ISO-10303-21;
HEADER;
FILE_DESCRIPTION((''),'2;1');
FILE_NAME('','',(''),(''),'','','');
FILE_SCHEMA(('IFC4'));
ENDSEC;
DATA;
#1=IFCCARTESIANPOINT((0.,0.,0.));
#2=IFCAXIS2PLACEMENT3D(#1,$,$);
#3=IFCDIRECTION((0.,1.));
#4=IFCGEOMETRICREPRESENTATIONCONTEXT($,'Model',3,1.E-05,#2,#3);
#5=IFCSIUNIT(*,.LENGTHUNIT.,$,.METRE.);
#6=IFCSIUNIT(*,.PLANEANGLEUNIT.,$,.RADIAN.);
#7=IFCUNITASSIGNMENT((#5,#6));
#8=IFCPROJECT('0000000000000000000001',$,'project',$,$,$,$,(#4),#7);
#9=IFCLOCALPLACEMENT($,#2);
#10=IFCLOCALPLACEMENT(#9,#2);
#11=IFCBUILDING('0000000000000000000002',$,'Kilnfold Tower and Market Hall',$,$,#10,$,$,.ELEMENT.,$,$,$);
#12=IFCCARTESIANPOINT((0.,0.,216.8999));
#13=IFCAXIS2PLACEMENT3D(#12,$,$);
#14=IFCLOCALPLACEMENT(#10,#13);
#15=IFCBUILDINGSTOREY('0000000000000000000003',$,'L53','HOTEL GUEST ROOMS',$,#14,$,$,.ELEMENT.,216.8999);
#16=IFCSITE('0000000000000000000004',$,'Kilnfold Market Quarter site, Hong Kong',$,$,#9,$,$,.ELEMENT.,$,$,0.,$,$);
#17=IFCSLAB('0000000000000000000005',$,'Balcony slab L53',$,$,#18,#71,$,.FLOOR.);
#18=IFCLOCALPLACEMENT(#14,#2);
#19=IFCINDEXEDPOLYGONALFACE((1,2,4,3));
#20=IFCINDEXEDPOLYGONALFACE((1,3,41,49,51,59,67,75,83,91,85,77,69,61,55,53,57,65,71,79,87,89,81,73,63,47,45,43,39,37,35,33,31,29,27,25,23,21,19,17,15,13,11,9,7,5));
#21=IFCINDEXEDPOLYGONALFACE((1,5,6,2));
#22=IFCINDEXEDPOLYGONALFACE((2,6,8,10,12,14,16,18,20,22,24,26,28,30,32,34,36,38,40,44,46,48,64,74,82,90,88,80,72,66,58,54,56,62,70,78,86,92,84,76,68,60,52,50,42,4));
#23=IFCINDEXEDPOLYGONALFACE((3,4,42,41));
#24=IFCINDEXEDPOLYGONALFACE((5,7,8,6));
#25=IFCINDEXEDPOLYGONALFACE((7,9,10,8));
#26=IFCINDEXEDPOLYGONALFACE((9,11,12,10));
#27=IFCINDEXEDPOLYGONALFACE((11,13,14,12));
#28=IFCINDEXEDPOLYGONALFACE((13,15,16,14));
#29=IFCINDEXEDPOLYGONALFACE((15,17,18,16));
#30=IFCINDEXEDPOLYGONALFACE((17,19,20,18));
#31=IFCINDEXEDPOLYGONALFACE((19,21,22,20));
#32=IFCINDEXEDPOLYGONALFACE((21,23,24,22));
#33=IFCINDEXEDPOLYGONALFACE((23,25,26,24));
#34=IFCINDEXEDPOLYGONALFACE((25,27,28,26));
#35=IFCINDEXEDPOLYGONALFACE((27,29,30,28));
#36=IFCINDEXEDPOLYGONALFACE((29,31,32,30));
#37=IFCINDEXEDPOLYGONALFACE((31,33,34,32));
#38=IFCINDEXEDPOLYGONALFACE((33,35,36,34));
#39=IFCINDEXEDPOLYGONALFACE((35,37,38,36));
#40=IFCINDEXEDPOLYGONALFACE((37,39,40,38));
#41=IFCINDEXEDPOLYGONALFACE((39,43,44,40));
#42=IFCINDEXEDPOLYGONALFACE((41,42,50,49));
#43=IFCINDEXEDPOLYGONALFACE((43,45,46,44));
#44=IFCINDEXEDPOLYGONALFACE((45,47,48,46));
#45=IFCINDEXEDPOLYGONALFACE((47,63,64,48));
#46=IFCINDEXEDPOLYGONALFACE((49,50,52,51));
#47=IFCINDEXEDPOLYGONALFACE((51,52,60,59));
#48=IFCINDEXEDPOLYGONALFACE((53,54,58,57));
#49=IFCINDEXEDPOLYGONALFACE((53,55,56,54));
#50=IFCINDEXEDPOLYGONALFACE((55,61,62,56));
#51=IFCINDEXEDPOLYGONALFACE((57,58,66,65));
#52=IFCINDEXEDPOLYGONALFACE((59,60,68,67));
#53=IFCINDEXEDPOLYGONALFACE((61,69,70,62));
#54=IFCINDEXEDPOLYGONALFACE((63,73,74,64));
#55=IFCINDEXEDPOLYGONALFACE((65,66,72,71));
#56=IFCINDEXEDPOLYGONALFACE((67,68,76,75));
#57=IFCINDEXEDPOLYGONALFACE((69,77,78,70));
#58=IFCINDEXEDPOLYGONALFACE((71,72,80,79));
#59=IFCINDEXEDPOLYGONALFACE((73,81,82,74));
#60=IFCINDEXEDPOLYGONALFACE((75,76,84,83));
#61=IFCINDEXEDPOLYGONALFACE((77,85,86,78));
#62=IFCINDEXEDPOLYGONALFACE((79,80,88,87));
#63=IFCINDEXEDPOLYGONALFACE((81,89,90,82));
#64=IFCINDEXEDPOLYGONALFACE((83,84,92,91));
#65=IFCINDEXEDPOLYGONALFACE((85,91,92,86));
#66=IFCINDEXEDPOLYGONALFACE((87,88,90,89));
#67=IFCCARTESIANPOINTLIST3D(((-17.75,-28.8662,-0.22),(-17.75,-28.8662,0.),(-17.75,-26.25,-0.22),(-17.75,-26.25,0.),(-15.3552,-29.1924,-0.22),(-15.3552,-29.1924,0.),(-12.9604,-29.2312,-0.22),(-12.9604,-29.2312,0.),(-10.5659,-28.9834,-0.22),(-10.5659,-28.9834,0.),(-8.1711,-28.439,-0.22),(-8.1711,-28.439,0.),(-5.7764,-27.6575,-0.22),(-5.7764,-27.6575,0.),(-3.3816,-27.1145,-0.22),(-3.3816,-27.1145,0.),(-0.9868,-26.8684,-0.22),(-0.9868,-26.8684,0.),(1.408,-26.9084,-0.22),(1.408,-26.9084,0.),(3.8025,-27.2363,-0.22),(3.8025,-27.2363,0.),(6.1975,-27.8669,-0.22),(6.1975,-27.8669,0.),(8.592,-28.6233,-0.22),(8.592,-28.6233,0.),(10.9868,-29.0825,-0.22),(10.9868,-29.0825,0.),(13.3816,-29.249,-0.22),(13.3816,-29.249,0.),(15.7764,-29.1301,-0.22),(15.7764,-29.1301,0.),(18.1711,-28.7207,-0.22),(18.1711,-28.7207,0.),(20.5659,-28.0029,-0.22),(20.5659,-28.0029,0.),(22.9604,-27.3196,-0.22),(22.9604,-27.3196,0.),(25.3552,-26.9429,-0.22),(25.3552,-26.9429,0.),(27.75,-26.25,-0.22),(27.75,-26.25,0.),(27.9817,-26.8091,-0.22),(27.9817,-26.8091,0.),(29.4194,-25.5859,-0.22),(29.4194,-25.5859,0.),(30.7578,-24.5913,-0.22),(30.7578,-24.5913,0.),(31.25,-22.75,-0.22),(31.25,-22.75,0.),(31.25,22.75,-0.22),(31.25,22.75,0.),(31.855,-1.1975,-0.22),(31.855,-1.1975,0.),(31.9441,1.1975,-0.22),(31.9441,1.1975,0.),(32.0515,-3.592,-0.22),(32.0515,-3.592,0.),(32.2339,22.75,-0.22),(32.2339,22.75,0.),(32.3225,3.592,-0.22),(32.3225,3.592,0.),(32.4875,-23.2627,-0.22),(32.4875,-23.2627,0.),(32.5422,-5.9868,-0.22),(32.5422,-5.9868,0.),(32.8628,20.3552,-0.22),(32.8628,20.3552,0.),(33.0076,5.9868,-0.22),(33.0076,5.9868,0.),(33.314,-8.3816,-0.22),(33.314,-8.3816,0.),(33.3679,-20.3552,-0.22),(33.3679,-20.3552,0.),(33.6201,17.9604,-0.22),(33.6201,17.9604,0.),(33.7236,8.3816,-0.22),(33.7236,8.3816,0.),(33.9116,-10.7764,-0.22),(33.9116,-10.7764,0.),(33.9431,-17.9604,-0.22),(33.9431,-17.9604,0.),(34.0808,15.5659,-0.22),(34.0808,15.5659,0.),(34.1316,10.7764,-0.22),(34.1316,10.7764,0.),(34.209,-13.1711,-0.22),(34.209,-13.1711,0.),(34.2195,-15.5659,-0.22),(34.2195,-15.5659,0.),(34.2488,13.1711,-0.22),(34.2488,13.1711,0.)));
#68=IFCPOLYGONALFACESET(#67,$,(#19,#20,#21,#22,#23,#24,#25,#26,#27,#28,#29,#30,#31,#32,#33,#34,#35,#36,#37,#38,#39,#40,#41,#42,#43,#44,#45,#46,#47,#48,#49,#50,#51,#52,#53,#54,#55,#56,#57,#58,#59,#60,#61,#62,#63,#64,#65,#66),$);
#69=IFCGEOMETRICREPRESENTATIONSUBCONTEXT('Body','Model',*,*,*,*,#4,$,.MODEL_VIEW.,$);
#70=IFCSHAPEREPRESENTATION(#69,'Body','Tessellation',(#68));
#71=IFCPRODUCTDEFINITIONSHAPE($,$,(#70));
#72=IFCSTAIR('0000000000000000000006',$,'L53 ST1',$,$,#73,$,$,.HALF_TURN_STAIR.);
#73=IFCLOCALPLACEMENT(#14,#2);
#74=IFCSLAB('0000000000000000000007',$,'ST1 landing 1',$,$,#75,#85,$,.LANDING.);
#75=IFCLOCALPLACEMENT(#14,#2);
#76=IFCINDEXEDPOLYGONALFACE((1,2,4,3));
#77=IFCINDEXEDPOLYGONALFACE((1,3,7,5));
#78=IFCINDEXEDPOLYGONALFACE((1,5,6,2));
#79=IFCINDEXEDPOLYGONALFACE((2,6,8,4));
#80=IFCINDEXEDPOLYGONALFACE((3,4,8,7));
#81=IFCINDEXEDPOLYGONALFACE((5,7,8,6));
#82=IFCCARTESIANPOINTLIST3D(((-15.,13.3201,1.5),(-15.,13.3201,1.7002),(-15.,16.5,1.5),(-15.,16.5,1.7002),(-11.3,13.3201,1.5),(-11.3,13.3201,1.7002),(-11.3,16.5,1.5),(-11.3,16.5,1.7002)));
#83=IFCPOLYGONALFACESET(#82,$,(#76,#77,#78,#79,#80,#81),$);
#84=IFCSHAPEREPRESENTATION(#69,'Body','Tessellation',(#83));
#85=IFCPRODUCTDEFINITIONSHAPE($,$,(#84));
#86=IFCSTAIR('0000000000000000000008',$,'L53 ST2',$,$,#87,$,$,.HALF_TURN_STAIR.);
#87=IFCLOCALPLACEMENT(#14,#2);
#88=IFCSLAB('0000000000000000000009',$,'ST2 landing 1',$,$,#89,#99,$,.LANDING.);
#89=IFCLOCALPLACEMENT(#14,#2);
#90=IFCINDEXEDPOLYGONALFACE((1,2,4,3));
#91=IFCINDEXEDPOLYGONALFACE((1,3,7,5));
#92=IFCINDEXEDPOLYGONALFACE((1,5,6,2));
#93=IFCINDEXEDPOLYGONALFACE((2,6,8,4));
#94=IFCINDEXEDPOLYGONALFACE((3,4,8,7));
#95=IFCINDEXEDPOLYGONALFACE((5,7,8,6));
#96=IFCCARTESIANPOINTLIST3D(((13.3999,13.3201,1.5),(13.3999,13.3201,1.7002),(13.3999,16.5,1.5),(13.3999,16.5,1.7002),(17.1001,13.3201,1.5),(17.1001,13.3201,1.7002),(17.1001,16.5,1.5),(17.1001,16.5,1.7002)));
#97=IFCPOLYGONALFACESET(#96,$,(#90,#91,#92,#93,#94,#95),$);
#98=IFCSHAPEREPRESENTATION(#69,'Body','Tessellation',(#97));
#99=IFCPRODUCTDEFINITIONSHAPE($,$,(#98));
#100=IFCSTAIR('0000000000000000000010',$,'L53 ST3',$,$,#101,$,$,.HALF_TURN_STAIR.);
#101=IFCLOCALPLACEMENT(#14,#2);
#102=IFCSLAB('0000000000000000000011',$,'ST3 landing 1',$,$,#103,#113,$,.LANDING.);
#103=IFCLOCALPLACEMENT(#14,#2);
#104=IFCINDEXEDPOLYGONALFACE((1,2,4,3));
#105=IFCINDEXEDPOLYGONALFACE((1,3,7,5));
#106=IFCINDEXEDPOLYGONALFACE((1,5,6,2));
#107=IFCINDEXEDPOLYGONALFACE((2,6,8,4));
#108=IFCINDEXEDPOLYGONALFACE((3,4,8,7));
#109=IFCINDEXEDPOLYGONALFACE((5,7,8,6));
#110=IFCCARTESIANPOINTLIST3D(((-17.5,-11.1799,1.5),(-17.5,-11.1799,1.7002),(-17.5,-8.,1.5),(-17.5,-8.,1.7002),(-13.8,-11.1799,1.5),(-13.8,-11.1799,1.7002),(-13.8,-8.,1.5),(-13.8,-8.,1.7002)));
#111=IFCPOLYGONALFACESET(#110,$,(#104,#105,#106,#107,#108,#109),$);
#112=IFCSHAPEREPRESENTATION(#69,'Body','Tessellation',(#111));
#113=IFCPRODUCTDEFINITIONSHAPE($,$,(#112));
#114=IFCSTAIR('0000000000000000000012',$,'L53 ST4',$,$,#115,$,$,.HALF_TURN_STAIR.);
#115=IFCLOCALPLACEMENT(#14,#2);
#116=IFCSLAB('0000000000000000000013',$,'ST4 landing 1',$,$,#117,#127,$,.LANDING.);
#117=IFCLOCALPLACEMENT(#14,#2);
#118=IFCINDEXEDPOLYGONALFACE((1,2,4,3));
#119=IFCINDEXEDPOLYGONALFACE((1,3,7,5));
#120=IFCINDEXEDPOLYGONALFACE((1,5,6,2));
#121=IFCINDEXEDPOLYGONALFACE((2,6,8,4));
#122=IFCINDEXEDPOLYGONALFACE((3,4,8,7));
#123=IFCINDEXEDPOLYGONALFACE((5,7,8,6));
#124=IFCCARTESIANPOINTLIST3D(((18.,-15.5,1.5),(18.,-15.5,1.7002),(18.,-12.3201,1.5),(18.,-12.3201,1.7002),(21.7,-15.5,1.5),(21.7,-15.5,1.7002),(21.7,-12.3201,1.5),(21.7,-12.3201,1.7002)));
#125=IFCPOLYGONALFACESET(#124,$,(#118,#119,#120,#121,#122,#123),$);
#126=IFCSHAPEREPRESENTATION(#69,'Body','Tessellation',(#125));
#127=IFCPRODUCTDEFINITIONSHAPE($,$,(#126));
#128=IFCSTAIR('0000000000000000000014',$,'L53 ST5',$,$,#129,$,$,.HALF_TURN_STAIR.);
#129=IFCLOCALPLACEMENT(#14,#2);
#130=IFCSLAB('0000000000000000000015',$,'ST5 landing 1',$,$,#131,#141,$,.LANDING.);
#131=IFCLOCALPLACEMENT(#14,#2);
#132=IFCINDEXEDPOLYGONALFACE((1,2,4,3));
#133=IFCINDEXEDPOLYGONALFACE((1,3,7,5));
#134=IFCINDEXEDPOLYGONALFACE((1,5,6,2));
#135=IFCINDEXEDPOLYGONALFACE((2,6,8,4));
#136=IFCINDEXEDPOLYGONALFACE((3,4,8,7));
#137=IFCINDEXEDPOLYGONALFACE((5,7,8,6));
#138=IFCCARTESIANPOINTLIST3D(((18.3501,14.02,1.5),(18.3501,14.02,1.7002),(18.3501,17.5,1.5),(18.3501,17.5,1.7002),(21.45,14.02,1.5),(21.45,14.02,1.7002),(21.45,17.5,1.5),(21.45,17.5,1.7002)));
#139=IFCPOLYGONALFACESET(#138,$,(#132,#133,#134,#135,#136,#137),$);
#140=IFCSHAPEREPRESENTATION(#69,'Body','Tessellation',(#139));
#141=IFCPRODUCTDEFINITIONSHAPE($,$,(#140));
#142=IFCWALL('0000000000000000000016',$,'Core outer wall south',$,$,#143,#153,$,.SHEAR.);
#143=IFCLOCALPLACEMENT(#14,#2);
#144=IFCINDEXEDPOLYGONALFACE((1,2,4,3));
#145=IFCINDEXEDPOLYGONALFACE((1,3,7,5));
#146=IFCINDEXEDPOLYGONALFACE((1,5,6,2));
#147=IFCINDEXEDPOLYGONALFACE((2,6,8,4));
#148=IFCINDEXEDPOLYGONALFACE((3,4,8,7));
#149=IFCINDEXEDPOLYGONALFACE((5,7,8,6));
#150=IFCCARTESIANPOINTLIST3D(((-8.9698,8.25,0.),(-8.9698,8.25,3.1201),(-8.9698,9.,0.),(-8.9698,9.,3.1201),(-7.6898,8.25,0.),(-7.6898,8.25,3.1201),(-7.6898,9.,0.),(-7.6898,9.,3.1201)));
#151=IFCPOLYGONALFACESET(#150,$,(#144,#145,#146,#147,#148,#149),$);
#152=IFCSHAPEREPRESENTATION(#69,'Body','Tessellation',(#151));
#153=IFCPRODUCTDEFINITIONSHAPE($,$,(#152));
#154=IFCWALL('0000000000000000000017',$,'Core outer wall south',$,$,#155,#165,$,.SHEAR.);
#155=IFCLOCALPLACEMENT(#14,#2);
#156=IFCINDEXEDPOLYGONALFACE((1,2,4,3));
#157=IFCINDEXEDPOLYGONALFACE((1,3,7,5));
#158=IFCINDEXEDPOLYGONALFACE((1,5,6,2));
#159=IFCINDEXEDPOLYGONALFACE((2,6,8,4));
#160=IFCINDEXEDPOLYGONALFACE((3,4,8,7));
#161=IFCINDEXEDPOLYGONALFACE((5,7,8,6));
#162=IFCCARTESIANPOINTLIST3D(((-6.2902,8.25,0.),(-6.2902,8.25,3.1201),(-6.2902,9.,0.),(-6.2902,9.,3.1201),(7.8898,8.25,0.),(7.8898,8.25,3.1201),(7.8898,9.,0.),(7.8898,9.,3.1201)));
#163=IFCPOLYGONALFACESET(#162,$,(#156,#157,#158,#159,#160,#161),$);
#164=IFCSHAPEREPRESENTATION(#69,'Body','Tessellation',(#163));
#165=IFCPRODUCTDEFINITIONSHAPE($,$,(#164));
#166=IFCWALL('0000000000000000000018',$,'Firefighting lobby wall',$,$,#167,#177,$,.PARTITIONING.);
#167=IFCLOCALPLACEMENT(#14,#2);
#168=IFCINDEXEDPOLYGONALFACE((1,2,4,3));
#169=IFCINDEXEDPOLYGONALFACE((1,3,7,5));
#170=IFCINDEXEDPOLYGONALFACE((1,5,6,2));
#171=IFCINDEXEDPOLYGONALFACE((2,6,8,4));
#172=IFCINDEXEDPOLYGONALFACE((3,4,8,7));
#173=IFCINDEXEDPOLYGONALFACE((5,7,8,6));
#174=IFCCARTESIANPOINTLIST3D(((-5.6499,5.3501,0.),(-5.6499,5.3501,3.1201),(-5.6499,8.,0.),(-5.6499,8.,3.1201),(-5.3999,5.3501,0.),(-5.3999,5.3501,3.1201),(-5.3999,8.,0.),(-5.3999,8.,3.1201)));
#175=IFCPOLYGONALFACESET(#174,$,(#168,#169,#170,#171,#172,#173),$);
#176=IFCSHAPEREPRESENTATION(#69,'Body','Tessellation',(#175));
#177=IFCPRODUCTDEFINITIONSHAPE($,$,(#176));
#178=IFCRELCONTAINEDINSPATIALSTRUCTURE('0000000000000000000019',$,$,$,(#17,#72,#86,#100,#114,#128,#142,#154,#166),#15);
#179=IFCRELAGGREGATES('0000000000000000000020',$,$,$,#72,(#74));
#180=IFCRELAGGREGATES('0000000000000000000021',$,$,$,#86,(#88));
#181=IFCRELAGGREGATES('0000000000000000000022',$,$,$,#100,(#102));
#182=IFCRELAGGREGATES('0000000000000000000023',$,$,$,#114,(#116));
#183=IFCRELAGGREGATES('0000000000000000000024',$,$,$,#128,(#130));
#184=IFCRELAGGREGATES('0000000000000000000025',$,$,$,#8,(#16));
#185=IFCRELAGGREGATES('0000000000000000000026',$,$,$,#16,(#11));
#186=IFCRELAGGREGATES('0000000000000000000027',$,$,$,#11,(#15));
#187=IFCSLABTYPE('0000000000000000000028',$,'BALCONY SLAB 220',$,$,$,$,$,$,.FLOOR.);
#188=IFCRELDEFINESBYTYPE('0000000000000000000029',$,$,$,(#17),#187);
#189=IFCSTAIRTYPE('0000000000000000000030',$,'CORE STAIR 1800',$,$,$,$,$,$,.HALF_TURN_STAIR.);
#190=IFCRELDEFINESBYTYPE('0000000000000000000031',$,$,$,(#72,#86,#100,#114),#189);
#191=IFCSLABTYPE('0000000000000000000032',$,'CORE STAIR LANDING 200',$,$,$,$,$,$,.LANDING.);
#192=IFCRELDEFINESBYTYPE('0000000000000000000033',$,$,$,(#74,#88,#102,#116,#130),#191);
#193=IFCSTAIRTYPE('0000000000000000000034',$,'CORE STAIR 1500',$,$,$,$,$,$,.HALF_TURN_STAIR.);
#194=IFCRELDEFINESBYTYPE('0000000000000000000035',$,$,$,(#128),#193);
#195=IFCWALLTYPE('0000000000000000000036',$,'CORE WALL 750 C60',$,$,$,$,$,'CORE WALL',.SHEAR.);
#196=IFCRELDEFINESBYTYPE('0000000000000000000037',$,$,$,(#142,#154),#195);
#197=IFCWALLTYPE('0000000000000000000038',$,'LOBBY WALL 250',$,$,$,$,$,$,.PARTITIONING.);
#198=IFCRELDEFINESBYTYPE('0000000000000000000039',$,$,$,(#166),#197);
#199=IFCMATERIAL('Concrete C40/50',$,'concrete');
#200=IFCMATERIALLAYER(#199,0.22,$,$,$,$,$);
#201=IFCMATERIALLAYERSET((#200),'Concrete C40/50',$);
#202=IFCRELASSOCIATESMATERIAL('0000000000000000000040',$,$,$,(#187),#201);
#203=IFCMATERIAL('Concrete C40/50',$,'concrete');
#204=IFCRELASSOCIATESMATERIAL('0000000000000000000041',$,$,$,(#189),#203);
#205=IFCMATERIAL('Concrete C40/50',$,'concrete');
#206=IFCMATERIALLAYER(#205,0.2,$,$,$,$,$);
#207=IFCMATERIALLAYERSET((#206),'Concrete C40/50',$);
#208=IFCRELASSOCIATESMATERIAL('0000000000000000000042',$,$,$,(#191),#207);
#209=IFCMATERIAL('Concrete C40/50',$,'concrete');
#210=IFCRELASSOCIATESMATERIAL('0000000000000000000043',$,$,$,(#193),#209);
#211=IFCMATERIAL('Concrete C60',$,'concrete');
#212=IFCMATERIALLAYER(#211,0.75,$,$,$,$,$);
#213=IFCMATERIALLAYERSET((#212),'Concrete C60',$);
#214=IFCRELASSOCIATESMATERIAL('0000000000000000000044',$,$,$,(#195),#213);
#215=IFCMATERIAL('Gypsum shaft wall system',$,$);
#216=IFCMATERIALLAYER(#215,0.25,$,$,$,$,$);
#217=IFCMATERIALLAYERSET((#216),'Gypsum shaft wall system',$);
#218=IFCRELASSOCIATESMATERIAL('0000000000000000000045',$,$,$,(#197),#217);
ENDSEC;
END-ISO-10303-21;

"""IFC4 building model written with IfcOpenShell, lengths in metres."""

from ifc_helpers import new_model, si_unit, direction, frame, frame_2d, origin, place, context, subcontext, project, spatial, polyline, rectangle, outline, extrude, source, transform, mapped, material, layer, layer_set, type_object, element, aggregate, save


model = new_model("IFC4")

# Units and contexts
model_context = context("Model", 3, precision=1e-05, world=origin(), true_north=direction((0.0, 1.0)))
body_context = subcontext(model_context, "Body", "Model", "MODEL_VIEW")
ifc_project = project(units=[si_unit("LENGTHUNIT", "METRE"), si_unit("PLANEANGLEUNIT", "RADIAN")], contexts=[model_context])

# Site, building, storey
site_placement = place(None, origin())
site = spatial("IfcSite", under=ifc_project, at=site_placement, Name="Kilnfold Market Quarter site, Hong Kong", CompositionType="ELEMENT", RefElevation=0.0)
building_placement = place(site_placement, origin())
building = spatial("IfcBuilding", under=site, at=building_placement, Name="Kilnfold Tower and Market Hall", CompositionType="ELEMENT")
storey_placement = place(building_placement, frame((0.0, 0.0, 216.8999)))
storey = spatial("IfcBuildingStorey", under=building, at=storey_placement, Name="L53", Description="HOTEL GUEST ROOMS", CompositionType="ELEMENT", Elevation=216.8999)

# Slab
ifc_material_1 = material(Name="Concrete C40/50", Category="concrete")
ifc_layer_1 = layer(ifc_material_1, 0.22)
ifc_layer_set_1 = layer_set([ifc_layer_1], Name="Concrete C40/50")
slab_type_1 = type_object("IfcSlabType", Name="BALCONY SLAB 220", PredefinedType="FLOOR", material=ifc_layer_set_1)
shared_shape_1 = source(origin(), body_context, "Body", "SweptSolid", [
    extrude(outline(polyline([(-17.75, -26.25), (27.75, -26.25), (31.25, -22.75), (31.25, 22.75), (32.2339, 22.75), (32.8628, 20.3552), (33.6201, 17.9604), (34.0808, 15.5659), (34.2488, 13.1711), (34.1316, 10.7764), (33.7236, 8.3816), (33.0076, 5.9868), (32.3225, 3.592), (31.9441, 1.1975), (31.855, -1.1975), (32.0515, -3.592), (32.5422, -5.9868), (33.314, -8.3816), (33.9116, -10.7764), (34.209, -13.1711), (34.2195, -15.5659), (33.9431, -17.9604), (33.3679, -20.3552), (32.4875, -23.2627), (30.7578, -24.5913), (29.4194, -25.5859), (27.9817, -26.8091), (25.3552, -26.9429), (22.9604, -27.3196), (20.5659, -28.0029), (18.1711, -28.7207), (15.7764, -29.1301), (13.3816, -29.249), (10.9868, -29.0825), (8.592, -28.6233), (6.1975, -27.8669), (3.8025, -27.2363), (1.408, -26.9084), (-0.9868, -26.8684), (-3.3816, -27.1145), (-5.7764, -27.6575), (-8.1711, -28.439), (-10.5659, -28.9834), (-12.9604, -29.2312), (-15.3552, -29.1924), (-17.75, -28.8662), (-17.75, -26.25)])), origin(), (0.0, 0.0, 1.0), 0.22),
])
slab_1_placement = place(storey_placement, frame((0.0, 0.0, -0.22)))
element("IfcSlab", 1, at=slab_1_placement, inside=storey, type_object=slab_type_1, Name="Balcony slab L53", PredefinedType="FLOOR", context=body_context, shape_type="MappedRepresentation", body=[
    mapped(shared_shape_1, transform((0.0, 0.0, 0.0))),
])

# Stairs, slabs
ifc_material_2 = material(Name="Concrete C40/50", Category="concrete")
stair_type_1 = type_object("IfcStairType", Name="CORE STAIR 1800", PredefinedType="HALF_TURN_STAIR", material=ifc_material_2)
stair_1_placement = place(storey_placement, origin())
stair_1 = element("IfcStair", 2, at=stair_1_placement, inside=storey, type_object=stair_type_1, Name="L53 ST1", PredefinedType="HALF_TURN_STAIR")
ifc_material_3 = material(Name="Concrete C40/50", Category="concrete")
ifc_layer_2 = layer(ifc_material_3, 0.2)
ifc_layer_set_2 = layer_set([ifc_layer_2], Name="Concrete C40/50")
slab_type_2 = type_object("IfcSlabType", Name="CORE STAIR LANDING 200", PredefinedType="LANDING", material=ifc_layer_set_2)
shared_shape_2 = source(origin(), body_context, "Body", "SweptSolid", [
    extrude(outline(polyline([(-11.3, 13.3201), (-11.3, 16.5), (-15.0, 16.5), (-15.0, 13.3201), (-11.3, 13.3201)])), origin(), (0.0, 0.0, 1.0), 0.2002),
])
slab_2_placement = place(storey_placement, frame((0.0, 0.0, 1.5)))
slab_2 = element("IfcSlab", 3, at=slab_2_placement, type_object=slab_type_2, Name="ST1 landing 1", PredefinedType="LANDING", context=body_context, shape_type="MappedRepresentation", body=[
    mapped(shared_shape_2, transform((0.0, 0.0, 0.0))),
])
aggregate(stair_1, [slab_2])
stair_2_placement = place(storey_placement, origin())
stair_2 = element("IfcStair", 4, at=stair_2_placement, inside=storey, type_object=stair_type_1, Name="L53 ST2", PredefinedType="HALF_TURN_STAIR")
shared_shape_3 = source(origin(), body_context, "Body", "SweptSolid", [
    extrude(outline(polyline([(17.1001, 13.3201), (17.1001, 16.5), (13.3999, 16.5), (13.3999, 13.3201), (17.1001, 13.3201)])), origin(), (0.0, 0.0, 1.0), 0.2002),
])
slab_3_placement = place(storey_placement, frame((0.0, 0.0, 1.5)))
slab_3 = element("IfcSlab", 5, at=slab_3_placement, type_object=slab_type_2, Name="ST2 landing 1", PredefinedType="LANDING", context=body_context, shape_type="MappedRepresentation", body=[
    mapped(shared_shape_3, transform((0.0, 0.0, 0.0))),
])
aggregate(stair_2, [slab_3])
stair_3_placement = place(storey_placement, origin())
stair_3 = element("IfcStair", 6, at=stair_3_placement, inside=storey, type_object=stair_type_1, Name="L53 ST3", PredefinedType="HALF_TURN_STAIR")
shared_shape_4 = source(origin(), body_context, "Body", "SweptSolid", [
    extrude(outline(polyline([(-13.8, -11.1799), (-13.8, -8.0), (-17.5, -8.0), (-17.5, -11.1799), (-13.8, -11.1799)])), origin(), (0.0, 0.0, 1.0), 0.2002),
])
slab_4_placement = place(storey_placement, frame((0.0, 0.0, 1.5)))
slab_4 = element("IfcSlab", 7, at=slab_4_placement, type_object=slab_type_2, Name="ST3 landing 1", PredefinedType="LANDING", context=body_context, shape_type="MappedRepresentation", body=[
    mapped(shared_shape_4, transform((0.0, 0.0, 0.0))),
])
aggregate(stair_3, [slab_4])
stair_4_placement = place(storey_placement, origin())
stair_4 = element("IfcStair", 8, at=stair_4_placement, inside=storey, type_object=stair_type_1, Name="L53 ST4", PredefinedType="HALF_TURN_STAIR")
shared_shape_5 = source(origin(), body_context, "Body", "SweptSolid", [
    extrude(outline(polyline([(18.0, -12.3201), (18.0, -15.5), (21.7, -15.5), (21.7, -12.3201), (18.0, -12.3201)])), origin(), (0.0, 0.0, 1.0), 0.2002),
])
slab_5_placement = place(storey_placement, frame((0.0, 0.0, 1.5)))
slab_5 = element("IfcSlab", 9, at=slab_5_placement, type_object=slab_type_2, Name="ST4 landing 1", PredefinedType="LANDING", context=body_context, shape_type="MappedRepresentation", body=[
    mapped(shared_shape_5, transform((0.0, 0.0, 0.0))),
])
aggregate(stair_4, [slab_5])
ifc_material_4 = material(Name="Concrete C40/50", Category="concrete")
stair_type_2 = type_object("IfcStairType", Name="CORE STAIR 1500", PredefinedType="HALF_TURN_STAIR", material=ifc_material_4)
stair_5_placement = place(storey_placement, origin())
stair_5 = element("IfcStair", 10, at=stair_5_placement, inside=storey, type_object=stair_type_2, Name="L53 ST5", PredefinedType="HALF_TURN_STAIR")
shared_shape_6 = source(origin(), body_context, "Body", "SweptSolid", [
    extrude(outline(polyline([(21.45, 14.02), (21.45, 17.5), (18.3501, 17.5), (18.3501, 14.02), (21.45, 14.02)])), origin(), (0.0, 0.0, 1.0), 0.2002),
])
slab_6_placement = place(storey_placement, frame((0.0, 0.0, 1.5)))
slab_6 = element("IfcSlab", 11, at=slab_6_placement, type_object=slab_type_2, Name="ST5 landing 1", PredefinedType="LANDING", context=body_context, shape_type="MappedRepresentation", body=[
    mapped(shared_shape_6, transform((0.0, 0.0, 0.0))),
])
aggregate(stair_5, [slab_6])

# Walls
ifc_material_5 = material(Name="Concrete C60", Category="concrete")
ifc_layer_3 = layer(ifc_material_5, 0.75)
ifc_layer_set_3 = layer_set([ifc_layer_3], Name="Concrete C60")
wall_type_1 = type_object("IfcWallType", Name="CORE WALL 750 C60", ElementType="CORE WALL", PredefinedType="SHEAR", material=ifc_layer_set_3)
shared_shape_7 = source(origin(), body_context, "Body", "SweptSolid", [
    extrude(rectangle(XDim=1.28, YDim=0.75, at=frame_2d((0.6401, 0.0))), origin(), (0.0, 0.0, 1.0), 3.1201),
])
wall_1_placement = place(storey_placement, frame((-8.97, 8.625, 0.0), z_axis=(0.0, 0.0, 1.0), x_axis=(1.0, 0.0, 0.0)))
element("IfcWall", 12, at=wall_1_placement, inside=storey, type_object=wall_type_1, Name="Core outer wall south", PredefinedType="SHEAR", context=body_context, shape_type="MappedRepresentation", body=[
    mapped(shared_shape_7, transform((0.0, 0.0, 0.0))),
])
shared_shape_8 = source(origin(), body_context, "Body", "SweptSolid", [
    extrude(rectangle(XDim=14.1799, YDim=0.75, at=frame_2d((7.0898, 0.0))), origin(), (0.0, 0.0, 1.0), 3.1201),
])
wall_2_placement = place(storey_placement, frame((-6.29, 8.625, 0.0), z_axis=(0.0, 0.0, 1.0), x_axis=(1.0, 0.0, 0.0)))
element("IfcWall", 13, at=wall_2_placement, inside=storey, type_object=wall_type_1, Name="Core outer wall south", PredefinedType="SHEAR", context=body_context, shape_type="MappedRepresentation", body=[
    mapped(shared_shape_8, transform((0.0, 0.0, 0.0))),
])
ifc_material_6 = material(Name="Gypsum shaft wall system")
ifc_layer_4 = layer(ifc_material_6, 0.25)
ifc_layer_set_4 = layer_set([ifc_layer_4], Name="Gypsum shaft wall system")
wall_type_2 = type_object("IfcWallType", Name="LOBBY WALL 250", PredefinedType="PARTITIONING", material=ifc_layer_set_4)
shared_shape_9 = source(origin(), body_context, "Body", "SweptSolid", [
    extrude(rectangle(XDim=2.6499, YDim=0.25, at=frame_2d((1.325, 0.0))), origin(), (0.0, 0.0, 1.0), 3.1201),
])
wall_3_placement = place(storey_placement, frame((-5.5249, 5.3501, 0.0), z_axis=(0.0, 0.0, 1.0), x_axis=(0.0, 1.0, 0.0)))
element("IfcWall", 14, at=wall_3_placement, inside=storey, type_object=wall_type_2, Name="Firefighting lobby wall", PredefinedType="PARTITIONING", context=body_context, shape_type="MappedRepresentation", body=[
    mapped(shared_shape_9, transform((0.0, 0.0, 0.0))),
])

save(model, "model.ifc")
